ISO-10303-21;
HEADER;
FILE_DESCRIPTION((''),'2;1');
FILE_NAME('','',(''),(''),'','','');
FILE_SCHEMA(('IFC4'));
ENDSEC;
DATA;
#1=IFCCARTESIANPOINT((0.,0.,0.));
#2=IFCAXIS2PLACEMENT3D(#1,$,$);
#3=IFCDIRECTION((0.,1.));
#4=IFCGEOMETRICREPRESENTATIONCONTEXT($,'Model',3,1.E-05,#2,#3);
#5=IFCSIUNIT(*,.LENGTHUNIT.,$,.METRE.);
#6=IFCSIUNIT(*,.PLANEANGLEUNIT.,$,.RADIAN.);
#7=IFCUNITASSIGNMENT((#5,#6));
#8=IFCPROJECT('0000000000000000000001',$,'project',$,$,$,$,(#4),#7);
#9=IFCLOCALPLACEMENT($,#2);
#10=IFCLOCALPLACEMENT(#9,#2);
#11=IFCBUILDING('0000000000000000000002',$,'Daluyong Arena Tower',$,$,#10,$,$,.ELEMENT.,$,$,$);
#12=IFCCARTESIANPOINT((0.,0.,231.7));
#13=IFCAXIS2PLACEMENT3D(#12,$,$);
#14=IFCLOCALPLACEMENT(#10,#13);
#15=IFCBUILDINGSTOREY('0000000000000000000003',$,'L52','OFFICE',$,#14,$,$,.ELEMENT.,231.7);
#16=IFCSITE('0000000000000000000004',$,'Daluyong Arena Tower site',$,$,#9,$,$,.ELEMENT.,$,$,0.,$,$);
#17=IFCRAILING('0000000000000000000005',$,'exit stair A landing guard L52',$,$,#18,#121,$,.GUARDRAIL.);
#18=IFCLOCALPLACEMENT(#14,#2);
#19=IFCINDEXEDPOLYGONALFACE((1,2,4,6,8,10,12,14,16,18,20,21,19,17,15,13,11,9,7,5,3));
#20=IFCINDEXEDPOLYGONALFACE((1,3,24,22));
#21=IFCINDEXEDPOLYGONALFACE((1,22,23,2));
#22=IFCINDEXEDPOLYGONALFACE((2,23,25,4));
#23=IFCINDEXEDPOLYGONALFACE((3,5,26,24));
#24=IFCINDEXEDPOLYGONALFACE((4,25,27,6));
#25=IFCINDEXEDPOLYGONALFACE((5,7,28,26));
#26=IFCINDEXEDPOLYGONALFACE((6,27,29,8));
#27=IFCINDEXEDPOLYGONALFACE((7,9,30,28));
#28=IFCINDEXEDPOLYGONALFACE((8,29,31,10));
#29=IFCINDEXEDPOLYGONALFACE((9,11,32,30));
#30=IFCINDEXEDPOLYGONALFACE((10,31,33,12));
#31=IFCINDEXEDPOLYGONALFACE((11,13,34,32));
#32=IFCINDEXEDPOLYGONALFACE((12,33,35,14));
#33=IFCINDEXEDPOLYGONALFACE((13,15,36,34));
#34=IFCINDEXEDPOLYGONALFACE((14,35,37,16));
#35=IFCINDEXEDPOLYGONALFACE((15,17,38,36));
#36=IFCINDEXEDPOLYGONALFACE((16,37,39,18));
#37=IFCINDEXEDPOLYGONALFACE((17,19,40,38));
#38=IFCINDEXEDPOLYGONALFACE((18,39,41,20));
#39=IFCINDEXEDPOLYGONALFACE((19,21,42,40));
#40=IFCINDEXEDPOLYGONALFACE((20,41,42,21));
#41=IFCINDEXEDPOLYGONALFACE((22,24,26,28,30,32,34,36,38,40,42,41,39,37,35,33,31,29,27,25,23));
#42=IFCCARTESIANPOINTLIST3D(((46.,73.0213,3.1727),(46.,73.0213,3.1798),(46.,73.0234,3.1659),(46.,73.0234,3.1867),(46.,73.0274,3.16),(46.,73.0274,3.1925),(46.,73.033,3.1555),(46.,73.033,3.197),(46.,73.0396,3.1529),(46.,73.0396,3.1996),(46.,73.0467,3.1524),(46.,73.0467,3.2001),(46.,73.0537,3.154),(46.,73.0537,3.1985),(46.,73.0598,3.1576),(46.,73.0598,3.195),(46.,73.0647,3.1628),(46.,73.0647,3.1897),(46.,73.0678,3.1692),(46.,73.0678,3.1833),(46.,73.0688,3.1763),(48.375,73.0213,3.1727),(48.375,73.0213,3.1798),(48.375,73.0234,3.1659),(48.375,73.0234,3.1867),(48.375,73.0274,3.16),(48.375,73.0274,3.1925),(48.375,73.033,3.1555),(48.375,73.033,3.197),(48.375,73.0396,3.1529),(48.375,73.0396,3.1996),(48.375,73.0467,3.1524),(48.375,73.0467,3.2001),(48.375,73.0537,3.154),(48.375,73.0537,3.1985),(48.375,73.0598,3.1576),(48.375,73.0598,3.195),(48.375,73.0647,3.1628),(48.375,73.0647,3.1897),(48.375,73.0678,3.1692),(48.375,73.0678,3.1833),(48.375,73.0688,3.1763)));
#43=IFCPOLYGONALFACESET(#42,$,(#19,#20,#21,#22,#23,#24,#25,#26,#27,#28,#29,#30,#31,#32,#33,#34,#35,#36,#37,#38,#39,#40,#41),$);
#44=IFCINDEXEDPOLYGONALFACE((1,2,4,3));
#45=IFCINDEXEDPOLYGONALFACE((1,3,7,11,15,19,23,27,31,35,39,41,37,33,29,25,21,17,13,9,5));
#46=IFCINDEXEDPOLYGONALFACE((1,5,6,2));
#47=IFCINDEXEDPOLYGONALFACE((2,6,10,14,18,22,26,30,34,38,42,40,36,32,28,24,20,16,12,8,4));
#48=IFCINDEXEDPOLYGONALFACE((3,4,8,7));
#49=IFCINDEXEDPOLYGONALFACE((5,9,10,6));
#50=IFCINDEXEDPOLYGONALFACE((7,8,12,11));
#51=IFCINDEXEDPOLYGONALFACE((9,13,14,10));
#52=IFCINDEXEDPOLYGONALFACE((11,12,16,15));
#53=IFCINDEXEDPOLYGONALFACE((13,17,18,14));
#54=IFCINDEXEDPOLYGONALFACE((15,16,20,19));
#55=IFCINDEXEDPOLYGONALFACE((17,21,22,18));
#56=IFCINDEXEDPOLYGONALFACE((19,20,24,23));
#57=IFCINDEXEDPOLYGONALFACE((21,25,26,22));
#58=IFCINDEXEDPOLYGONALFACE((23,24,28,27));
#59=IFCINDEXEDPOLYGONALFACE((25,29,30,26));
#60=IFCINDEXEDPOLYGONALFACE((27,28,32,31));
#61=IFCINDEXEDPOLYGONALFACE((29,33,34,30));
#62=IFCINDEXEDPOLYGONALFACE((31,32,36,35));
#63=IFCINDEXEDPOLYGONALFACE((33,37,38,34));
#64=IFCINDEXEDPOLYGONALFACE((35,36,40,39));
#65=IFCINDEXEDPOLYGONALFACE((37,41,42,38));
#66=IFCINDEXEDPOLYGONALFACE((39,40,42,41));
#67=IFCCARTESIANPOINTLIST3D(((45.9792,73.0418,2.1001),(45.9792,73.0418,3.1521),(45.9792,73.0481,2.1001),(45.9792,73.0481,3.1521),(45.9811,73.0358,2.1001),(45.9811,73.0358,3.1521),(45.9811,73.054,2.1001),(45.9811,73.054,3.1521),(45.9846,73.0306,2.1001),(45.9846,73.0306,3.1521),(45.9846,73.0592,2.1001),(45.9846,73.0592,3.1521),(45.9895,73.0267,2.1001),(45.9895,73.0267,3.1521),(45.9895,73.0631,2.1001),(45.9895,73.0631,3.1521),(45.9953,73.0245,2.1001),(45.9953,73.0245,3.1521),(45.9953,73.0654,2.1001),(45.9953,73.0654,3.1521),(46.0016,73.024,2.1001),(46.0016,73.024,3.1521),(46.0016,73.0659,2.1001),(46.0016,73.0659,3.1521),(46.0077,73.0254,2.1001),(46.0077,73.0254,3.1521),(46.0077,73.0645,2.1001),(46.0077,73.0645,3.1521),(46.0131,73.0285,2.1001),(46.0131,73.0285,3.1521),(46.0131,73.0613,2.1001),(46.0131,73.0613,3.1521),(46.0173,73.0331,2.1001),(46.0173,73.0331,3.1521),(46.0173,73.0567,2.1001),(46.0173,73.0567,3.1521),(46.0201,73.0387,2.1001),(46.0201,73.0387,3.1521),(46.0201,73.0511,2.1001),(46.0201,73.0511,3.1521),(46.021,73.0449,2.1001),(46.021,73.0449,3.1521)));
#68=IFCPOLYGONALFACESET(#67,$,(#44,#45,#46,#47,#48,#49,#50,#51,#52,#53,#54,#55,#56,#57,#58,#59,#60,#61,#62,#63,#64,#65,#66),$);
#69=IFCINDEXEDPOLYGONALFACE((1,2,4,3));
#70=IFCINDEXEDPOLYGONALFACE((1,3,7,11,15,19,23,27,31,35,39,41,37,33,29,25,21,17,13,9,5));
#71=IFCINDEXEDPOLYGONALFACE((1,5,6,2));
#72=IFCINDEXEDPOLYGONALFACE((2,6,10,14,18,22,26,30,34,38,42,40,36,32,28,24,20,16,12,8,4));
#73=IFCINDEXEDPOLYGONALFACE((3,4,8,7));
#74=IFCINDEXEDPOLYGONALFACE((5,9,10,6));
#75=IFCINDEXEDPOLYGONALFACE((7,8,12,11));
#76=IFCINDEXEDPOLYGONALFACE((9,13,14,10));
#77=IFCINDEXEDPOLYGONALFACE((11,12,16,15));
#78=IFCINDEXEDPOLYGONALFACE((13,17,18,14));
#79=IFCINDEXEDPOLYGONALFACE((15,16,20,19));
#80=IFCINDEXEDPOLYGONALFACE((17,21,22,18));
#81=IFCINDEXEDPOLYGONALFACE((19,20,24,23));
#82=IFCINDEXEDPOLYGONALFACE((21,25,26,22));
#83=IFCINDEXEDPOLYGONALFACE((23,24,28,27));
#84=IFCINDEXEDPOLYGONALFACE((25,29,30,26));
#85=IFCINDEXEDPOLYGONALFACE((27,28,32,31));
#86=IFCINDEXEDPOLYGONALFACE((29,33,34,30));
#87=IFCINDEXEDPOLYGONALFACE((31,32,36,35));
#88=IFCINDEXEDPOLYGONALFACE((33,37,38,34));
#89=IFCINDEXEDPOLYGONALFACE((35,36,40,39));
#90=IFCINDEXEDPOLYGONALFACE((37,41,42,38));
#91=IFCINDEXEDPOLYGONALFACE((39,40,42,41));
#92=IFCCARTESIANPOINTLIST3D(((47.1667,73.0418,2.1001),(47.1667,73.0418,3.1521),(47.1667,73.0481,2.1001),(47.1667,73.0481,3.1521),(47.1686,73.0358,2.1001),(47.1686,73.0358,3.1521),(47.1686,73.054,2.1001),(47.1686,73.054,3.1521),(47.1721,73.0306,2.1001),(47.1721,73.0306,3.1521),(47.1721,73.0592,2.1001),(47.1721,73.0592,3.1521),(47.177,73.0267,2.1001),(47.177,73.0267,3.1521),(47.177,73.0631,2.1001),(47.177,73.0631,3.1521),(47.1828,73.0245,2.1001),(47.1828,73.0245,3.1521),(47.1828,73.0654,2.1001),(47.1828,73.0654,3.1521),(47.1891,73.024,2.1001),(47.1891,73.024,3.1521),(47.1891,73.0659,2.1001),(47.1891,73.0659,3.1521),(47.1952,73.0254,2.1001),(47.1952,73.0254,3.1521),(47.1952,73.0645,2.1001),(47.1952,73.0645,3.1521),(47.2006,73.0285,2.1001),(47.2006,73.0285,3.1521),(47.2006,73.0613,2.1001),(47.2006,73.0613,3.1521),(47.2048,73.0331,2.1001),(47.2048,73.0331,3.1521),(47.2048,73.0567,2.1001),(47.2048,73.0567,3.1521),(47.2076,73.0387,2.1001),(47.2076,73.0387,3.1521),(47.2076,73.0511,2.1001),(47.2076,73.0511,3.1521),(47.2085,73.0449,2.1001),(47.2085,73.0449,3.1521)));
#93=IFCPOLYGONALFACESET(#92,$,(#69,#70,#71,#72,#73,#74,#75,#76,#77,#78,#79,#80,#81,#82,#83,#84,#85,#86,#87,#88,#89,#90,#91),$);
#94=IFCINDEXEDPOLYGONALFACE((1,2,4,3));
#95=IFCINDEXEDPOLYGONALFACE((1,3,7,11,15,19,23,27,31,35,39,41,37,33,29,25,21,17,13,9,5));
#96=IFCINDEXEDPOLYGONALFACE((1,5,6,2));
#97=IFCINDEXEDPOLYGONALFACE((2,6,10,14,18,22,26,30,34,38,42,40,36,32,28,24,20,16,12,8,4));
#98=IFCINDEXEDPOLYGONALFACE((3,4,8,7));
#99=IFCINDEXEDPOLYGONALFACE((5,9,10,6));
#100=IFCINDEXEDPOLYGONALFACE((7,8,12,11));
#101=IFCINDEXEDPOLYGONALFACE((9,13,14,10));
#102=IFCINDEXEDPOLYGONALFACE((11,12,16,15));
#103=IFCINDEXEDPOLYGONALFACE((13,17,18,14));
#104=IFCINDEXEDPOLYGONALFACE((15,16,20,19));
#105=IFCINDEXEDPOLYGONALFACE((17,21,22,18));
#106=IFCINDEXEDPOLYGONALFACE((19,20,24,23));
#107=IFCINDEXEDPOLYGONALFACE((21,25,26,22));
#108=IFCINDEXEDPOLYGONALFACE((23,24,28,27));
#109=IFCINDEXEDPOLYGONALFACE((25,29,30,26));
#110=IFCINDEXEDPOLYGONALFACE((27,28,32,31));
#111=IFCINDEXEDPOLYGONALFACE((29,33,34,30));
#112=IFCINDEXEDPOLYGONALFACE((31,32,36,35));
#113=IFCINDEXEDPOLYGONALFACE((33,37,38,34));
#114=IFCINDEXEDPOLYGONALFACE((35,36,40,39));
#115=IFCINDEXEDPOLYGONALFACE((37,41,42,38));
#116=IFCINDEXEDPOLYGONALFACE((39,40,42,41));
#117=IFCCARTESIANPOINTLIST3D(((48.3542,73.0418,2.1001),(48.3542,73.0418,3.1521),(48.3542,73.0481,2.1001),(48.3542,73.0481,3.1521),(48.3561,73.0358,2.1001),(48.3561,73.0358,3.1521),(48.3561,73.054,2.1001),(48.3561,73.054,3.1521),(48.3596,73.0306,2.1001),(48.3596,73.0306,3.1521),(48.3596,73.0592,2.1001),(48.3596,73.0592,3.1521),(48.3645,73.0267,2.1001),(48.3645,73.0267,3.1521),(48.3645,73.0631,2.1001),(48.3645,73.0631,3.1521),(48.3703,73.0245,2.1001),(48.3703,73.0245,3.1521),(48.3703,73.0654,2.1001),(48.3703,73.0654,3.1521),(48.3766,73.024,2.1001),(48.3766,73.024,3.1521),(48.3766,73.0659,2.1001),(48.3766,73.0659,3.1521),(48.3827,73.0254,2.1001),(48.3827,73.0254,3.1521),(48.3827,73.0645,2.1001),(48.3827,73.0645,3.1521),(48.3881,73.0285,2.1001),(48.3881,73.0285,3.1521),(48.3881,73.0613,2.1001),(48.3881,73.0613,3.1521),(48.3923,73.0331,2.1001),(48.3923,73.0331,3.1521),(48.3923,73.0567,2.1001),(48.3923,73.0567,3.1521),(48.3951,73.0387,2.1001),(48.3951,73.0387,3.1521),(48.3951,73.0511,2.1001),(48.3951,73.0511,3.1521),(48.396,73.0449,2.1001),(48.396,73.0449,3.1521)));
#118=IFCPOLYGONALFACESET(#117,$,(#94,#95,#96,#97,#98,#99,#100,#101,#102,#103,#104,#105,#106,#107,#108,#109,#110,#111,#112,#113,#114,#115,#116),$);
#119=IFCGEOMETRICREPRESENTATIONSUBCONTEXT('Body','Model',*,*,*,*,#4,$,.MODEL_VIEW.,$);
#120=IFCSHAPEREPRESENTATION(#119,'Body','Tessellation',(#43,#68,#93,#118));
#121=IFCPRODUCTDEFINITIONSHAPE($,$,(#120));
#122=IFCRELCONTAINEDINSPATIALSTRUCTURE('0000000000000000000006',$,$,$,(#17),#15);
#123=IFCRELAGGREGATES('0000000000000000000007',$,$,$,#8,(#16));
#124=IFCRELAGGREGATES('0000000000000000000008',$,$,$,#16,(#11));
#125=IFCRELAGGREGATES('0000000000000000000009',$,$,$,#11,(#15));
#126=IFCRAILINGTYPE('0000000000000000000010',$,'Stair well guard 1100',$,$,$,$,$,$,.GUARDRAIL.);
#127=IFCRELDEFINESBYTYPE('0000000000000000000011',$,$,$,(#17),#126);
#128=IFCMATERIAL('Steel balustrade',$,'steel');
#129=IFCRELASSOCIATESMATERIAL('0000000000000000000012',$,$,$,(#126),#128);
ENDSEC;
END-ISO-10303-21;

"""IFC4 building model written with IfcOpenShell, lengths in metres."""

from ifc_helpers import new_model, si_unit, direction, frame, origin, origin_2d, place, context, subcontext, project, spatial, circle, extrude, material, type_object, element, save


model = new_model("IFC4")

# Units and contexts
model_context = context("Model", 3, precision=1e-05, world=origin(), true_north=direction((0.0, 1.0)))
body_context = subcontext(model_context, "Body", "Model", "MODEL_VIEW")
ifc_project = project(units=[si_unit("LENGTHUNIT", "METRE"), si_unit("PLANEANGLEUNIT", "RADIAN")], contexts=[model_context])

# Site, building, storey
site_placement = place(None, origin())
site = spatial("IfcSite", under=ifc_project, at=site_placement, Name="Daluyong Arena Tower site", CompositionType="ELEMENT", RefElevation=0.0)
building_placement = place(site_placement, origin())
building = spatial("IfcBuilding", under=site, at=building_placement, Name="Daluyong Arena Tower", CompositionType="ELEMENT")
storey_placement = place(building_placement, frame((0.0, 0.0, 231.7)))
storey = spatial("IfcBuildingStorey", under=building, at=storey_placement, Name="L52", Description="OFFICE", CompositionType="ELEMENT", Elevation=231.7)

# Railing
ifc_material_1 = material(Name="Steel balustrade", Category="steel")
railing_type_1 = type_object("IfcRailingType", Name="Stair well guard 1100", PredefinedType="GUARDRAIL", material=ifc_material_1)
railing_1_placement = place(storey_placement, frame((46.0, 73.0449, 2.1001)))
element("IfcRailing", 1, at=railing_1_placement, inside=storey, type_object=railing_type_1, Name="exit stair A landing guard L52", PredefinedType="GUARDRAIL", context=body_context, shape_type="SweptSolid", body=[
    extrude(circle(Radius=0.0239, at=origin_2d()), frame((0.0, 0.0, 1.0762), z_axis=(1.0, 0.0, 0.0), x_axis=(0.0, 1.0, 0.0)), (0.0, 0.0, 1.0), 2.375),
    extrude(circle(Radius=0.021, at=origin_2d()), origin(), (0.0, 0.0, 1.0), 1.052),
    extrude(circle(Radius=0.021, at=origin_2d()), frame((1.1875, 0.0, 0.0)), (0.0, 0.0, 1.0), 1.052),
    extrude(circle(Radius=0.021, at=origin_2d()), frame((2.375, 0.0, 0.0)), (0.0, 0.0, 1.0), 1.052),
])

save(model, "model.ifc")
